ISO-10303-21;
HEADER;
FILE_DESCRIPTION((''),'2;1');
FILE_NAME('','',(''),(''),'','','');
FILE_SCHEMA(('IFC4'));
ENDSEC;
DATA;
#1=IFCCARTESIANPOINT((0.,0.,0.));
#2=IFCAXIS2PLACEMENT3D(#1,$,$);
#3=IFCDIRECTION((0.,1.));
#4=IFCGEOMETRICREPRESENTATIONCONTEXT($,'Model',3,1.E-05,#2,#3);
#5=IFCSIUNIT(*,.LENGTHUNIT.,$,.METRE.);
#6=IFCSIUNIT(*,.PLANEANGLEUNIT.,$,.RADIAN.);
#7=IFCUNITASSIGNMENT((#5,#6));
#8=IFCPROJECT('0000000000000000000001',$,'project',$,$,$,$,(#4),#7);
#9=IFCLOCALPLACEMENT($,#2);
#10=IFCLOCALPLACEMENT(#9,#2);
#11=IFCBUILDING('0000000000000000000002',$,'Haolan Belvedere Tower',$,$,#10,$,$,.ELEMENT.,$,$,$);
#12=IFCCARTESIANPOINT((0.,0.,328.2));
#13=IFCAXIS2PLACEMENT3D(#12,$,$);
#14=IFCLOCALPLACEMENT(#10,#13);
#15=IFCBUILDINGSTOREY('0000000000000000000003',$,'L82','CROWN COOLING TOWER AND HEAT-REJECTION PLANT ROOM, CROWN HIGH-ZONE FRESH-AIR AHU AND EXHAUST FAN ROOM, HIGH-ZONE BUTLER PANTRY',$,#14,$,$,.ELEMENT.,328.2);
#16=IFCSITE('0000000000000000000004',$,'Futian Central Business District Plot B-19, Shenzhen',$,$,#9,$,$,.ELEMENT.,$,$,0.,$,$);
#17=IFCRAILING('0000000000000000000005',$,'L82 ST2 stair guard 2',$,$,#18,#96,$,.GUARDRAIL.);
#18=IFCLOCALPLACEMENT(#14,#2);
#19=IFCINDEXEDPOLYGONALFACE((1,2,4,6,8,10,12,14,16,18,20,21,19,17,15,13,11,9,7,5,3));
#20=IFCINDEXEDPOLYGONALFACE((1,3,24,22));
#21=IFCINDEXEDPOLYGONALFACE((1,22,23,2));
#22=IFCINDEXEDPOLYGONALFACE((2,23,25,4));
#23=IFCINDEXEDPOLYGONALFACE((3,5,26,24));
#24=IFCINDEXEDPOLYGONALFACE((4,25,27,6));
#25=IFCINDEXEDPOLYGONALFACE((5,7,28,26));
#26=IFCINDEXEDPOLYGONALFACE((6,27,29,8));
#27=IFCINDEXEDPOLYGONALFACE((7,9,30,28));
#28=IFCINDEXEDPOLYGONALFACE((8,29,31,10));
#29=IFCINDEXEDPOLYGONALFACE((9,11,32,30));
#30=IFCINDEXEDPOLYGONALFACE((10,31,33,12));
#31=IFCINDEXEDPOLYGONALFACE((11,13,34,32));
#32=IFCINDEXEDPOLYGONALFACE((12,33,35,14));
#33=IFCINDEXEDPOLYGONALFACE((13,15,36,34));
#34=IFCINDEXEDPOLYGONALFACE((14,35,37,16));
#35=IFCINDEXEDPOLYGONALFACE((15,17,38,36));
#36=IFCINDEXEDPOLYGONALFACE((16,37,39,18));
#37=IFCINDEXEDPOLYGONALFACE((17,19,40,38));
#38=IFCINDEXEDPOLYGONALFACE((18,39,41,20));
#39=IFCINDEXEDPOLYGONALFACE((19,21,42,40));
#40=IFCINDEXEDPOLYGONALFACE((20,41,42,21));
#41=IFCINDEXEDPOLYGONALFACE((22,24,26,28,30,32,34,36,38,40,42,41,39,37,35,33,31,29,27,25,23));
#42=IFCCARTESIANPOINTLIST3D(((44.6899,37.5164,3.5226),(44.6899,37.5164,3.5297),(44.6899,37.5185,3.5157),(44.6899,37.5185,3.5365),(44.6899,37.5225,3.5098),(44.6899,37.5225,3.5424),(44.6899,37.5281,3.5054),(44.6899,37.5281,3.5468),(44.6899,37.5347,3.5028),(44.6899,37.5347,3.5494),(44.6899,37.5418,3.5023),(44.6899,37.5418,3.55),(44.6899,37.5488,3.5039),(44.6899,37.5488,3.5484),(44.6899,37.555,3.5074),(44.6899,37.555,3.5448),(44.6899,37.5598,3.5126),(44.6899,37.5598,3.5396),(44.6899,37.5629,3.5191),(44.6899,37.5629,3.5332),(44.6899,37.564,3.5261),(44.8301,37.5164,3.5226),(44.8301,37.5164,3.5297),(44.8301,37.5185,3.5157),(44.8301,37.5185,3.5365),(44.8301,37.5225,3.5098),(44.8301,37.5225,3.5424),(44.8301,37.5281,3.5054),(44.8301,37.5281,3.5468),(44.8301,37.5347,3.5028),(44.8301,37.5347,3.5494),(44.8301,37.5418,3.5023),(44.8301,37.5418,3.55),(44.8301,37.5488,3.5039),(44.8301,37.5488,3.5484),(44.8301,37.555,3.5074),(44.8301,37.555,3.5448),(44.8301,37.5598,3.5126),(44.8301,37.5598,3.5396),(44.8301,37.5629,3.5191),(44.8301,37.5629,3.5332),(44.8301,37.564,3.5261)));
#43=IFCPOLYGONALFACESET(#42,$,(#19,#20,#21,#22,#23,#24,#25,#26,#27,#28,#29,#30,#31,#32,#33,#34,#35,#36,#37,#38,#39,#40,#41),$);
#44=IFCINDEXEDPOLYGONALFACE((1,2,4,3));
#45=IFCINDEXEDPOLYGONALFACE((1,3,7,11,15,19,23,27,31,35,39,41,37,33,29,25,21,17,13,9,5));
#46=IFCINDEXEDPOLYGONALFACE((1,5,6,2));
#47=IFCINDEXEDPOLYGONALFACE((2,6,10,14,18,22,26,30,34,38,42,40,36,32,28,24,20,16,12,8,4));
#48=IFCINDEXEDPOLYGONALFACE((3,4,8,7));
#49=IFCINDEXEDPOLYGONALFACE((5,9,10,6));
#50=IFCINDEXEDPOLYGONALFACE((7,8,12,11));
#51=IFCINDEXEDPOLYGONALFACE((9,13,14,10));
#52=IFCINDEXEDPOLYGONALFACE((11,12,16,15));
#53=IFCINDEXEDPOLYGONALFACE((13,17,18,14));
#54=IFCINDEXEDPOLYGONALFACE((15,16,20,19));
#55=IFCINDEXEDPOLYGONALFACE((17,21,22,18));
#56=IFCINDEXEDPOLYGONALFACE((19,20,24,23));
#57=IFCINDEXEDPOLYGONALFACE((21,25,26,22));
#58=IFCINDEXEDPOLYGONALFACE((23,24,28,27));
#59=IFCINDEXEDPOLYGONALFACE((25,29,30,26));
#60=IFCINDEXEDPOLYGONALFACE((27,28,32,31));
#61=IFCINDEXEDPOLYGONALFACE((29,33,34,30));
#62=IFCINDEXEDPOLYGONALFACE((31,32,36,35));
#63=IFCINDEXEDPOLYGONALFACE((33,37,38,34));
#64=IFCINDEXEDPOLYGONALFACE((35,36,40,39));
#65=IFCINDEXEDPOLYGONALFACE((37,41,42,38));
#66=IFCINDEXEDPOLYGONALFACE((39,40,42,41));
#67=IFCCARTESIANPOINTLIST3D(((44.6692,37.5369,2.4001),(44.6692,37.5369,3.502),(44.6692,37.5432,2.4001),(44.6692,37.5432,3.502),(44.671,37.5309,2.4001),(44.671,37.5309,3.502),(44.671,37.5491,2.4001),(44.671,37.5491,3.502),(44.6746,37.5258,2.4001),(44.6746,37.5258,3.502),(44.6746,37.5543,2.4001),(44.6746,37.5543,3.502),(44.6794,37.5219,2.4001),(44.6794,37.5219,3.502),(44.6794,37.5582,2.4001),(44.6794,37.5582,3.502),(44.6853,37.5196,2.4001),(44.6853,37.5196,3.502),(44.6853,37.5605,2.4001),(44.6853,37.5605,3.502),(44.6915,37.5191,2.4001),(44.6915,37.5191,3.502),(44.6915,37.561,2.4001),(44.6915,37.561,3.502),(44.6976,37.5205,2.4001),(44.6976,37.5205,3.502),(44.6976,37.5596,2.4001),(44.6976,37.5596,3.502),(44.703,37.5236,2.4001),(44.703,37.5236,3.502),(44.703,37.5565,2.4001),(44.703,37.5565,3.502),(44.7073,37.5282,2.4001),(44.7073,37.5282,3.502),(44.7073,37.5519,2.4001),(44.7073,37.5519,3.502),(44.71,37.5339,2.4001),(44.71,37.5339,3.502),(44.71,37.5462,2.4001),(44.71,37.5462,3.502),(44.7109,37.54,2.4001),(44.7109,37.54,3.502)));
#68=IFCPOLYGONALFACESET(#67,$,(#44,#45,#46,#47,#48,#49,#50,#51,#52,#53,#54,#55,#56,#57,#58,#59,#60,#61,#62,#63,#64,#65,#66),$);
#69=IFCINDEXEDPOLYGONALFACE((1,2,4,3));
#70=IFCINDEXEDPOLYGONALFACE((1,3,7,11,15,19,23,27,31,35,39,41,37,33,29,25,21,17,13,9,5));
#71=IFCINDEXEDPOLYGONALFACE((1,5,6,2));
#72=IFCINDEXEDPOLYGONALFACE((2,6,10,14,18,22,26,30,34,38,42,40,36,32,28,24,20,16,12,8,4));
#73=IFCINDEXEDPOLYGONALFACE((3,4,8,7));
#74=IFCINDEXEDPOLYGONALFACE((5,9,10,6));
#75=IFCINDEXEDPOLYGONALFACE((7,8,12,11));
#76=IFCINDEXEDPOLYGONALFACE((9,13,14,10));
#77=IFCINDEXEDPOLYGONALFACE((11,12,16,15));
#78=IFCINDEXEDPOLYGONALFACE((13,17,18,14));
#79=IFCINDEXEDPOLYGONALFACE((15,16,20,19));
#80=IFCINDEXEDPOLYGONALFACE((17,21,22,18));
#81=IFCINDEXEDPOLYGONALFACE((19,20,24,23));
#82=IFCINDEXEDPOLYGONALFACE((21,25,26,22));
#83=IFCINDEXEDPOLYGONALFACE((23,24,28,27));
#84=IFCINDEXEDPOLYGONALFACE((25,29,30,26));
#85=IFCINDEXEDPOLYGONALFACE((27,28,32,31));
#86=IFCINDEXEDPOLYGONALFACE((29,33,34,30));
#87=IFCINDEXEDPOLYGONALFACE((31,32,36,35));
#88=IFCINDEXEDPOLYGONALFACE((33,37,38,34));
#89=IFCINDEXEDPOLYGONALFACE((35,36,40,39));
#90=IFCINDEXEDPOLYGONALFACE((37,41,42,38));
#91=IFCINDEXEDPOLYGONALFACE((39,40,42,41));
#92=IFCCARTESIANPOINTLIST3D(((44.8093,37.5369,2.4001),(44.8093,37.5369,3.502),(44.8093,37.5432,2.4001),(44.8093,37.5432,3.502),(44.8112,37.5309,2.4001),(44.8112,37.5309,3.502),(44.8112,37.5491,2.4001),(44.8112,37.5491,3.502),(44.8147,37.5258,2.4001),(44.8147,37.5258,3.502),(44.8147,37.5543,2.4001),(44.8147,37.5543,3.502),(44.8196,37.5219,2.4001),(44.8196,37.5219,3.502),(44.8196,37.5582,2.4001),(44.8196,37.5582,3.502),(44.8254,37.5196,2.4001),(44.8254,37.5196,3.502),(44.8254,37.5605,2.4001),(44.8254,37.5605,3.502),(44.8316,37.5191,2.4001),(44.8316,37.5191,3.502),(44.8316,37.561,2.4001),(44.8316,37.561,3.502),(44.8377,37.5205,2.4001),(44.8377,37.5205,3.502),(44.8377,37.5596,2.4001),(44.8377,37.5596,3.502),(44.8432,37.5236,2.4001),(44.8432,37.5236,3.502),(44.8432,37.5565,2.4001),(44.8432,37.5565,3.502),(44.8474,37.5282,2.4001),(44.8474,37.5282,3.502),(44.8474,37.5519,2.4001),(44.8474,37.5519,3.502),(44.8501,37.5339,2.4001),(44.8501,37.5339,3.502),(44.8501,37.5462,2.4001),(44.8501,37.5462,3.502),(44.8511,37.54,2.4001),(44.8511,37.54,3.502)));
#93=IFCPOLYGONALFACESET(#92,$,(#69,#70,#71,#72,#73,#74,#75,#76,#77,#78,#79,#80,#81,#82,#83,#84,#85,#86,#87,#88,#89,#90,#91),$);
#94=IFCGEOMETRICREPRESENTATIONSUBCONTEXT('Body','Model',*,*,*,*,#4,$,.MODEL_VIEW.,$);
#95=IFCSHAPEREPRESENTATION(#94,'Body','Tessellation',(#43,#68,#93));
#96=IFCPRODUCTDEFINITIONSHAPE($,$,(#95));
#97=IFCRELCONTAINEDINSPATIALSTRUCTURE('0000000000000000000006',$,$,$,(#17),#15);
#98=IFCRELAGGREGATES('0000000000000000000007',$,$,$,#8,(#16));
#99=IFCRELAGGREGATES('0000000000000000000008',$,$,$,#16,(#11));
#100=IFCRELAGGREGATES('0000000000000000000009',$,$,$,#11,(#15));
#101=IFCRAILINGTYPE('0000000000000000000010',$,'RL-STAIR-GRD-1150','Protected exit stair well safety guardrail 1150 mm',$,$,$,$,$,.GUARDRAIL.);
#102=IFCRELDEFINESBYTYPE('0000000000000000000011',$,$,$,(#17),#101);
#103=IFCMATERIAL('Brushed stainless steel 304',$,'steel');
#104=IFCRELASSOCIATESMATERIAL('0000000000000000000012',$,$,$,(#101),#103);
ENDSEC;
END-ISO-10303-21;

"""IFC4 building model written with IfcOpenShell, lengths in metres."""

from ifc_helpers import new_model, si_unit, direction, frame, origin, origin_2d, place, context, subcontext, project, spatial, circle, extrude, material, type_object, element, save


model = new_model("IFC4")

# Units and contexts
model_context = context("Model", 3, precision=1e-05, world=origin(), true_north=direction((0.0, 1.0)))
body_context = subcontext(model_context, "Body", "Model", "MODEL_VIEW")
ifc_project = project(units=[si_unit("LENGTHUNIT", "METRE"), si_unit("PLANEANGLEUNIT", "RADIAN")], contexts=[model_context])

# Site, building, storey
site_placement = place(None, origin())
site = spatial("IfcSite", under=ifc_project, at=site_placement, Name="Futian Central Business District Plot B-19, Shenzhen", CompositionType="ELEMENT", RefElevation=0.0)
building_placement = place(site_placement, origin())
building = spatial("IfcBuilding", under=site, at=building_placement, Name="Haolan Belvedere Tower", CompositionType="ELEMENT")
storey_placement = place(building_placement, frame((0.0, 0.0, 328.2)))
storey = spatial("IfcBuildingStorey", under=building, at=storey_placement, Name="L82", Description="CROWN COOLING TOWER AND HEAT-REJECTION PLANT ROOM, CROWN HIGH-ZONE FRESH-AIR AHU AND EXHAUST FAN ROOM, HIGH-ZONE BUTLER PANTRY", CompositionType="ELEMENT", Elevation=328.2)

# Railing
ifc_material_1 = material(Name="Brushed stainless steel 304", Category="steel")
railing_type_1 = type_object("IfcRailingType", Name="RL-STAIR-GRD-1150", Description="Protected exit stair well safety guardrail 1150 mm", PredefinedType="GUARDRAIL", material=ifc_material_1)
railing_1_placement = place(storey_placement, frame((44.6899, 37.54, 2.4001)))
element("IfcRailing", 1, at=railing_1_placement, inside=storey, type_object=railing_type_1, Name="L82 ST2 stair guard 2", PredefinedType="GUARDRAIL", context=body_context, shape_type="SweptSolid", body=[
    extrude(circle(Radius=0.0239, at=origin_2d()), frame((0.0, 0.0, 1.126), z_axis=(1.0, 0.0, 0.0), x_axis=(0.0, 1.0, 0.0)), (0.0, 0.0, 1.0), 0.1401),
    extrude(circle(Radius=0.021, at=origin_2d()), origin(), (0.0, 0.0, 1.0), 1.1018),
    extrude(circle(Radius=0.021, at=origin_2d()), frame((0.1401, 0.0, 0.0)), (0.0, 0.0, 1.0), 1.1018),
])

save(model, "model.ifc")
